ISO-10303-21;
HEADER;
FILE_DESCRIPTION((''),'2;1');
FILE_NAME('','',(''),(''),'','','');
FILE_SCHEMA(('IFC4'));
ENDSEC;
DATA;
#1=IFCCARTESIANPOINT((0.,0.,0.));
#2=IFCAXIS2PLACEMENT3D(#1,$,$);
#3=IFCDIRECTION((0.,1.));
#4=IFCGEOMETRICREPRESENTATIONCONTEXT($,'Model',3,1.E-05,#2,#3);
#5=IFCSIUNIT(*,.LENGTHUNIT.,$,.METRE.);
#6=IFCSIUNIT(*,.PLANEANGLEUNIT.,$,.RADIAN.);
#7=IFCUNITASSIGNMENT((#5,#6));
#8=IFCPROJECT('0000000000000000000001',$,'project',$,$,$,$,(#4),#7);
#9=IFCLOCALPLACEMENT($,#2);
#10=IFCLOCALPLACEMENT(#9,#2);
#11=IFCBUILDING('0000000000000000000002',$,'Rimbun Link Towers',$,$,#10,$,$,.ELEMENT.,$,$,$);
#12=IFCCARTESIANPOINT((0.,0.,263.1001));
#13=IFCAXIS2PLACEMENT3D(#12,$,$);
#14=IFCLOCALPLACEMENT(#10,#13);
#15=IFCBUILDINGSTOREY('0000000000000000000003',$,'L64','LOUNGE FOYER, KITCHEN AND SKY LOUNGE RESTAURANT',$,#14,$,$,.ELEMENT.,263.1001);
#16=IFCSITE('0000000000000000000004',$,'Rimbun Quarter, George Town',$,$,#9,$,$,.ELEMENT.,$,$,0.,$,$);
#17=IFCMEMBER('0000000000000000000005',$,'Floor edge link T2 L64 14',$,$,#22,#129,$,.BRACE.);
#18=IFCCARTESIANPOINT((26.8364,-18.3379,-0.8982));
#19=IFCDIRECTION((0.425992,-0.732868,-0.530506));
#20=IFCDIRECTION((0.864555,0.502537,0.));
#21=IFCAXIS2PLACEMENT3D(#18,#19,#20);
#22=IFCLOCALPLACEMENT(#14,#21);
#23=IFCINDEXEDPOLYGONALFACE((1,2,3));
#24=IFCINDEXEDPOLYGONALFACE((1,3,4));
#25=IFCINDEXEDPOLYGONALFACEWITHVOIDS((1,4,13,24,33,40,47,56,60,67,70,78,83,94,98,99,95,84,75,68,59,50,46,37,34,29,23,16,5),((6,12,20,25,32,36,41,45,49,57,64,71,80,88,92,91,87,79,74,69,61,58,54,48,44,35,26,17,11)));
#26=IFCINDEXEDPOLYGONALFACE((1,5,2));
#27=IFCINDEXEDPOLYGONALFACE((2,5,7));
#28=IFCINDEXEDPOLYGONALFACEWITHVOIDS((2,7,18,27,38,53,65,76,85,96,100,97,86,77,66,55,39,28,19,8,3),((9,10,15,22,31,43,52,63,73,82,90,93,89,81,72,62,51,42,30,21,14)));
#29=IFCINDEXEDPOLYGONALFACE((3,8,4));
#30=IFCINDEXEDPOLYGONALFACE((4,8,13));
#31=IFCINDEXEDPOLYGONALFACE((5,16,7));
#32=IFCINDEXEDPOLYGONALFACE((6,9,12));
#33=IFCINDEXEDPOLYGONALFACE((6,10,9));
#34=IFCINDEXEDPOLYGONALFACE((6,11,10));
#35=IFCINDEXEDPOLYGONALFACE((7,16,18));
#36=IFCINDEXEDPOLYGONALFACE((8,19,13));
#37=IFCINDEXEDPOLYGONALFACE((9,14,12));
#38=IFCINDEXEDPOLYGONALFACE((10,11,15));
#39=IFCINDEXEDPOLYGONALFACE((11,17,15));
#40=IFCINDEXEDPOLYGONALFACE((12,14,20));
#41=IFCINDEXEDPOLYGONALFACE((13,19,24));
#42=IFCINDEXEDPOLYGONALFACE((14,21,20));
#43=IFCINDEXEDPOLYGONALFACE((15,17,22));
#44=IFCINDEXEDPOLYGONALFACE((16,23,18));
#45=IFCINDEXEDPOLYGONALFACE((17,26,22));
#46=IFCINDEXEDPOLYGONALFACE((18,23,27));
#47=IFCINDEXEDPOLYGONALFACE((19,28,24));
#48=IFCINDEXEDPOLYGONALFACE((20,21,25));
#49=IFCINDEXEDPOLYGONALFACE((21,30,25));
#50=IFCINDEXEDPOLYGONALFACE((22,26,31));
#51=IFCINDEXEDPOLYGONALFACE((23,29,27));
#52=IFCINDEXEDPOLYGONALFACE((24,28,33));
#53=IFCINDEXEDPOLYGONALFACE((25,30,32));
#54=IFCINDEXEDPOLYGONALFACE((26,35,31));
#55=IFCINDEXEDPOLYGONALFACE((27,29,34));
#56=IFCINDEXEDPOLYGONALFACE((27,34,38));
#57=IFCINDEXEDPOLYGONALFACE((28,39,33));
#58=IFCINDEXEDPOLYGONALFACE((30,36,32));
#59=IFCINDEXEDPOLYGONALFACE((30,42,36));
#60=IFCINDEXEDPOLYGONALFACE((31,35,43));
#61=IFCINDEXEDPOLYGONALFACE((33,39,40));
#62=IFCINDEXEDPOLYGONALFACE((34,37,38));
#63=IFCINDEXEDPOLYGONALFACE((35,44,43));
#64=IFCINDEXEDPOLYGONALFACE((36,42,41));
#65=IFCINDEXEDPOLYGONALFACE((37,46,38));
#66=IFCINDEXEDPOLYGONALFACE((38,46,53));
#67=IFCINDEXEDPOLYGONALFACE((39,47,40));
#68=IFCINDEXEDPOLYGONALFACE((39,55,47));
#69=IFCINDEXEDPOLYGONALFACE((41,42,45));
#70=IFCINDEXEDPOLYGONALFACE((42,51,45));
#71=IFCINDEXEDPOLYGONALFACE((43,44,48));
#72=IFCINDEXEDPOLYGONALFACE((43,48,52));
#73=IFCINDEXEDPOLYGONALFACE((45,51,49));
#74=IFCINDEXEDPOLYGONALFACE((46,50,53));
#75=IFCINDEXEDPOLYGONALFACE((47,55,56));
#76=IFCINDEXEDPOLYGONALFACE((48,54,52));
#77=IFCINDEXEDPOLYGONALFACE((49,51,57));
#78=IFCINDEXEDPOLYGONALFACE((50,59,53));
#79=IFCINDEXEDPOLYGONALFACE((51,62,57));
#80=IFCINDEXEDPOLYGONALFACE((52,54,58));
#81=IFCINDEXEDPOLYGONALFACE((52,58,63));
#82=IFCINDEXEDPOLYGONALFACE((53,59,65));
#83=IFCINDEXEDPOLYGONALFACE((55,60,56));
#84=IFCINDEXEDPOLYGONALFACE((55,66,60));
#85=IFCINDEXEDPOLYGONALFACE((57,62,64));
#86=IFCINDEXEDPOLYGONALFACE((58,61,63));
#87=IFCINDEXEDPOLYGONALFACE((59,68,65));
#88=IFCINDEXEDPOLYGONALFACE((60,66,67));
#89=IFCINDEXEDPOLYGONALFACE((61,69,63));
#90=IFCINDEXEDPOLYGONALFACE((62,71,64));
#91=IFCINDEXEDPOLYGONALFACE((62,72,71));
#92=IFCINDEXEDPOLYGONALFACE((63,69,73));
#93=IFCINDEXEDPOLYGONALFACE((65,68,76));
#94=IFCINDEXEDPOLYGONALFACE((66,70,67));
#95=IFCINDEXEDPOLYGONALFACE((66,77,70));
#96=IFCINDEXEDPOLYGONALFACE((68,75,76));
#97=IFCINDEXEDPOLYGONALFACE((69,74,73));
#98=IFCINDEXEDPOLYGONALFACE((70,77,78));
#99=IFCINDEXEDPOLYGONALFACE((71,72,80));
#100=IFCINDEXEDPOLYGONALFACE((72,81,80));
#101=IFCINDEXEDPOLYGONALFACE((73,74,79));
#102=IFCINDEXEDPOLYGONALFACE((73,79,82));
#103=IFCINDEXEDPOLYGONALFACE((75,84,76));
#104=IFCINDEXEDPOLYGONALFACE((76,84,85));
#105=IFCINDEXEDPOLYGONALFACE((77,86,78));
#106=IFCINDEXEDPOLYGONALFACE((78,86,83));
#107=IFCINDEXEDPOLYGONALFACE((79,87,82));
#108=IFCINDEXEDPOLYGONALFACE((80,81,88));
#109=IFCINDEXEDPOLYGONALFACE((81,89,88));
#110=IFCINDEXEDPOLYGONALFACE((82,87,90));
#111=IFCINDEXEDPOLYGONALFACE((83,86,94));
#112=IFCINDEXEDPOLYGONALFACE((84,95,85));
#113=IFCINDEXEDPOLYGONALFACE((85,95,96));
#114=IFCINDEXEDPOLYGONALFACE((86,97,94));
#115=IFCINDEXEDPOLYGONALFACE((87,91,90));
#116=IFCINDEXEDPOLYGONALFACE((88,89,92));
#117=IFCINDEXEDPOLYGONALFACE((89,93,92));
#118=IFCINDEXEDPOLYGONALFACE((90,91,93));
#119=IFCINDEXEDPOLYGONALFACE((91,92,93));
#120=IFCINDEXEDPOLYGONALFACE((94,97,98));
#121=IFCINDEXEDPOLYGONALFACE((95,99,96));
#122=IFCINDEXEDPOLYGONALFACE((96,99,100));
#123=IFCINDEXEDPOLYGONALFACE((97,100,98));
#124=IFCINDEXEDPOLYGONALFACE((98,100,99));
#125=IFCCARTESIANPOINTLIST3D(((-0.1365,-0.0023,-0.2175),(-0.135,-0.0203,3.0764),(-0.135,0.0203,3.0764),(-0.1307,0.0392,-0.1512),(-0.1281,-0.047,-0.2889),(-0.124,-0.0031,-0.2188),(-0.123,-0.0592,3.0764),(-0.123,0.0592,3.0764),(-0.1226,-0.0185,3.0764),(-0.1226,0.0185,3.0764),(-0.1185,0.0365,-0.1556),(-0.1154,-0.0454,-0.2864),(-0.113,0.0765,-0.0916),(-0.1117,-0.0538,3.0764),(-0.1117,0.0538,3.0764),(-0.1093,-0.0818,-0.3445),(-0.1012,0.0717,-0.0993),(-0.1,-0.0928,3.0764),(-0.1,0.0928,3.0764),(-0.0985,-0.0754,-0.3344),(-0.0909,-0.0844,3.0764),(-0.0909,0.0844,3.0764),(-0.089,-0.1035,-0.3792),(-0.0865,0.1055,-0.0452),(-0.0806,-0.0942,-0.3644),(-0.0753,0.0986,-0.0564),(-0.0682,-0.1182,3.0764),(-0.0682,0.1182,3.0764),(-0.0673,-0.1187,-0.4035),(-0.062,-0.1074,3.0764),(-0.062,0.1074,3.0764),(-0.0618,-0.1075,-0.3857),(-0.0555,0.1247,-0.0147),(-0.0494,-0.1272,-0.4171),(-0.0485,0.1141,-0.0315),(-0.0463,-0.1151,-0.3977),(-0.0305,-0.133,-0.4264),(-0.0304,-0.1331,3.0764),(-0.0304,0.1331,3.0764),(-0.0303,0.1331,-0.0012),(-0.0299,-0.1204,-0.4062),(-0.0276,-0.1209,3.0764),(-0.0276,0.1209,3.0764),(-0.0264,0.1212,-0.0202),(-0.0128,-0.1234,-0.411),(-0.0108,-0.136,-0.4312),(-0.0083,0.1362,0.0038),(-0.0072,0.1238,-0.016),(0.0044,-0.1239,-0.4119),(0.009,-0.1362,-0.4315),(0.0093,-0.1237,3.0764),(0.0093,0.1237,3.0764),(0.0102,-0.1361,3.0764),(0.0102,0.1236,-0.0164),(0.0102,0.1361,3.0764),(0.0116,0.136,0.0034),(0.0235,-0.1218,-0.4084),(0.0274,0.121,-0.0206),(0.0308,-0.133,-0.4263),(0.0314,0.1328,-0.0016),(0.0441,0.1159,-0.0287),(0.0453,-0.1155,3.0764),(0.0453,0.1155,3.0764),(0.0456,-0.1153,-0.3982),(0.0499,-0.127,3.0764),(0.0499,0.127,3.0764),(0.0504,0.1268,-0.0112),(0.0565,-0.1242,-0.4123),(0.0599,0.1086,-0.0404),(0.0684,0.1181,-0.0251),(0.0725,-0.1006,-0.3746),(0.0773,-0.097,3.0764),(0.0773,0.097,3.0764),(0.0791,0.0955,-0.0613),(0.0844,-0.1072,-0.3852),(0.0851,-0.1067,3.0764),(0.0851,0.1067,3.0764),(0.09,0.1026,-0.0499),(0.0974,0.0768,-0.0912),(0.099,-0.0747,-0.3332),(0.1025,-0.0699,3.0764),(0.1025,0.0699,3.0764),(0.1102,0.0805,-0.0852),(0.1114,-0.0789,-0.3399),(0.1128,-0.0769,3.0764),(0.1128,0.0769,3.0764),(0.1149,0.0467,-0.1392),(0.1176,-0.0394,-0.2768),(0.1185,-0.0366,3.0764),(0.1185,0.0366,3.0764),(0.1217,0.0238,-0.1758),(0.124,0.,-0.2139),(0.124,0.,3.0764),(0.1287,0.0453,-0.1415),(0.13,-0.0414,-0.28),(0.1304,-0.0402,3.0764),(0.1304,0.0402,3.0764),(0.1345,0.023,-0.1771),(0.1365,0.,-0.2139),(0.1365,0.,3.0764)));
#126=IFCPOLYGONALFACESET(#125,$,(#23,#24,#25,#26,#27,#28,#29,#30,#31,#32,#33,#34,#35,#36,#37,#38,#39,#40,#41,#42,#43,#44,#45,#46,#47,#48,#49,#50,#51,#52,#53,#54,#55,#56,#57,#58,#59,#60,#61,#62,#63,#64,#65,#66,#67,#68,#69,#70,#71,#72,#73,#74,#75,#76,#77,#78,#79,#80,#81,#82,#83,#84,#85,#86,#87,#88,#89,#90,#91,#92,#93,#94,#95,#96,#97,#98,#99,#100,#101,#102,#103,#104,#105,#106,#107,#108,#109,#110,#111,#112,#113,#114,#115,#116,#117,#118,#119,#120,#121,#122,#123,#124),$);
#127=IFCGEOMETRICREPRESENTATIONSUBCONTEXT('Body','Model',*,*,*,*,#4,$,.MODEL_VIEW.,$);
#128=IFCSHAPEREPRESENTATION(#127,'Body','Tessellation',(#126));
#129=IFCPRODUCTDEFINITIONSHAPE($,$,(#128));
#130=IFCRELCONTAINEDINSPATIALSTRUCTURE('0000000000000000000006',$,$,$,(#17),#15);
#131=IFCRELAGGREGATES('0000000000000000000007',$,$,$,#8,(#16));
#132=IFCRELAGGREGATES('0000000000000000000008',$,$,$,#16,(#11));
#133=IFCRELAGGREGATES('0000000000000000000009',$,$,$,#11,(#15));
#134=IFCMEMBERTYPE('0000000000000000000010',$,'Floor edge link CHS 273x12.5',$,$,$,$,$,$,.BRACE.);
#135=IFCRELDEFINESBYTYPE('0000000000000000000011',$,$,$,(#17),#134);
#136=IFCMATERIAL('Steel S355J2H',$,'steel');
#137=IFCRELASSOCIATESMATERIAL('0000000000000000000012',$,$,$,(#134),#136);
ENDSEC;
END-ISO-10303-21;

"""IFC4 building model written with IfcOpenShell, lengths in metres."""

from ifc_helpers import new_model, si_unit, direction, frame, origin, origin_2d, place, context, subcontext, project, spatial, hollow_circle, extrude, clip, halfspace, material, material_profile, profile_set, type_object, element, save


model = new_model("IFC4")

# Units and contexts
model_context = context("Model", 3, precision=1e-05, world=origin(), true_north=direction((0.0, 1.0)))
body_context = subcontext(model_context, "Body", "Model", "MODEL_VIEW")
ifc_project = project(units=[si_unit("LENGTHUNIT", "METRE"), si_unit("PLANEANGLEUNIT", "RADIAN")], contexts=[model_context])

# Site, building, storey
site_placement = place(None, origin())
site = spatial("IfcSite", under=ifc_project, at=site_placement, Name="Rimbun Quarter, George Town", CompositionType="ELEMENT", RefElevation=0.0)
building_placement = place(site_placement, origin())
building = spatial("IfcBuilding", under=site, at=building_placement, Name="Rimbun Link Towers", CompositionType="ELEMENT")
storey_placement = place(building_placement, frame((0.0, 0.0, 263.1001)))
storey = spatial("IfcBuildingStorey", under=building, at=storey_placement, Name="L64", Description="LOUNGE FOYER, KITCHEN AND SKY LOUNGE RESTAURANT", CompositionType="ELEMENT", Elevation=263.1001)

# Member
ifc_material_1 = material(Name="Steel S355J2H", Category="steel")
ifc_material_profile_1 = material_profile(ifc_material_1, hollow_circle(Radius=0.1365, WallThickness=0.0125, at=origin_2d()), Name="CHS 273x12.5")
ifc_profile_set_1 = profile_set([ifc_material_profile_1], Name="Steel S355J2H")
member_type_1 = type_object("IfcMemberType", Name="Floor edge link CHS 273x12.5", PredefinedType="BRACE", material=ifc_profile_set_1)
member_1_placement = place(storey_placement, frame((26.8364, -18.3379, -0.8982), z_axis=(0.425992, -0.732868, -0.530506), x_axis=(0.864555, 0.502537, 0.0)))
element("IfcMember", 1, at=member_1_placement, inside=storey, type_object=member_type_1, Name="Floor edge link T2 L64 14", PredefinedType="BRACE", context=body_context, shape_type="Clipping", body=[
    clip(extrude(hollow_circle(Radius=0.1365, WallThickness=0.0125, at=origin_2d()), frame((0.0, 0.0, -0.4551)), (0.0, 0.0, 1.0), 3.5315), halfspace(frame((0.0, 0.0, -0.2139), z_axis=(0.0, 0.847681, -0.530506)), False)),
])

save(model, "model.ifc")
